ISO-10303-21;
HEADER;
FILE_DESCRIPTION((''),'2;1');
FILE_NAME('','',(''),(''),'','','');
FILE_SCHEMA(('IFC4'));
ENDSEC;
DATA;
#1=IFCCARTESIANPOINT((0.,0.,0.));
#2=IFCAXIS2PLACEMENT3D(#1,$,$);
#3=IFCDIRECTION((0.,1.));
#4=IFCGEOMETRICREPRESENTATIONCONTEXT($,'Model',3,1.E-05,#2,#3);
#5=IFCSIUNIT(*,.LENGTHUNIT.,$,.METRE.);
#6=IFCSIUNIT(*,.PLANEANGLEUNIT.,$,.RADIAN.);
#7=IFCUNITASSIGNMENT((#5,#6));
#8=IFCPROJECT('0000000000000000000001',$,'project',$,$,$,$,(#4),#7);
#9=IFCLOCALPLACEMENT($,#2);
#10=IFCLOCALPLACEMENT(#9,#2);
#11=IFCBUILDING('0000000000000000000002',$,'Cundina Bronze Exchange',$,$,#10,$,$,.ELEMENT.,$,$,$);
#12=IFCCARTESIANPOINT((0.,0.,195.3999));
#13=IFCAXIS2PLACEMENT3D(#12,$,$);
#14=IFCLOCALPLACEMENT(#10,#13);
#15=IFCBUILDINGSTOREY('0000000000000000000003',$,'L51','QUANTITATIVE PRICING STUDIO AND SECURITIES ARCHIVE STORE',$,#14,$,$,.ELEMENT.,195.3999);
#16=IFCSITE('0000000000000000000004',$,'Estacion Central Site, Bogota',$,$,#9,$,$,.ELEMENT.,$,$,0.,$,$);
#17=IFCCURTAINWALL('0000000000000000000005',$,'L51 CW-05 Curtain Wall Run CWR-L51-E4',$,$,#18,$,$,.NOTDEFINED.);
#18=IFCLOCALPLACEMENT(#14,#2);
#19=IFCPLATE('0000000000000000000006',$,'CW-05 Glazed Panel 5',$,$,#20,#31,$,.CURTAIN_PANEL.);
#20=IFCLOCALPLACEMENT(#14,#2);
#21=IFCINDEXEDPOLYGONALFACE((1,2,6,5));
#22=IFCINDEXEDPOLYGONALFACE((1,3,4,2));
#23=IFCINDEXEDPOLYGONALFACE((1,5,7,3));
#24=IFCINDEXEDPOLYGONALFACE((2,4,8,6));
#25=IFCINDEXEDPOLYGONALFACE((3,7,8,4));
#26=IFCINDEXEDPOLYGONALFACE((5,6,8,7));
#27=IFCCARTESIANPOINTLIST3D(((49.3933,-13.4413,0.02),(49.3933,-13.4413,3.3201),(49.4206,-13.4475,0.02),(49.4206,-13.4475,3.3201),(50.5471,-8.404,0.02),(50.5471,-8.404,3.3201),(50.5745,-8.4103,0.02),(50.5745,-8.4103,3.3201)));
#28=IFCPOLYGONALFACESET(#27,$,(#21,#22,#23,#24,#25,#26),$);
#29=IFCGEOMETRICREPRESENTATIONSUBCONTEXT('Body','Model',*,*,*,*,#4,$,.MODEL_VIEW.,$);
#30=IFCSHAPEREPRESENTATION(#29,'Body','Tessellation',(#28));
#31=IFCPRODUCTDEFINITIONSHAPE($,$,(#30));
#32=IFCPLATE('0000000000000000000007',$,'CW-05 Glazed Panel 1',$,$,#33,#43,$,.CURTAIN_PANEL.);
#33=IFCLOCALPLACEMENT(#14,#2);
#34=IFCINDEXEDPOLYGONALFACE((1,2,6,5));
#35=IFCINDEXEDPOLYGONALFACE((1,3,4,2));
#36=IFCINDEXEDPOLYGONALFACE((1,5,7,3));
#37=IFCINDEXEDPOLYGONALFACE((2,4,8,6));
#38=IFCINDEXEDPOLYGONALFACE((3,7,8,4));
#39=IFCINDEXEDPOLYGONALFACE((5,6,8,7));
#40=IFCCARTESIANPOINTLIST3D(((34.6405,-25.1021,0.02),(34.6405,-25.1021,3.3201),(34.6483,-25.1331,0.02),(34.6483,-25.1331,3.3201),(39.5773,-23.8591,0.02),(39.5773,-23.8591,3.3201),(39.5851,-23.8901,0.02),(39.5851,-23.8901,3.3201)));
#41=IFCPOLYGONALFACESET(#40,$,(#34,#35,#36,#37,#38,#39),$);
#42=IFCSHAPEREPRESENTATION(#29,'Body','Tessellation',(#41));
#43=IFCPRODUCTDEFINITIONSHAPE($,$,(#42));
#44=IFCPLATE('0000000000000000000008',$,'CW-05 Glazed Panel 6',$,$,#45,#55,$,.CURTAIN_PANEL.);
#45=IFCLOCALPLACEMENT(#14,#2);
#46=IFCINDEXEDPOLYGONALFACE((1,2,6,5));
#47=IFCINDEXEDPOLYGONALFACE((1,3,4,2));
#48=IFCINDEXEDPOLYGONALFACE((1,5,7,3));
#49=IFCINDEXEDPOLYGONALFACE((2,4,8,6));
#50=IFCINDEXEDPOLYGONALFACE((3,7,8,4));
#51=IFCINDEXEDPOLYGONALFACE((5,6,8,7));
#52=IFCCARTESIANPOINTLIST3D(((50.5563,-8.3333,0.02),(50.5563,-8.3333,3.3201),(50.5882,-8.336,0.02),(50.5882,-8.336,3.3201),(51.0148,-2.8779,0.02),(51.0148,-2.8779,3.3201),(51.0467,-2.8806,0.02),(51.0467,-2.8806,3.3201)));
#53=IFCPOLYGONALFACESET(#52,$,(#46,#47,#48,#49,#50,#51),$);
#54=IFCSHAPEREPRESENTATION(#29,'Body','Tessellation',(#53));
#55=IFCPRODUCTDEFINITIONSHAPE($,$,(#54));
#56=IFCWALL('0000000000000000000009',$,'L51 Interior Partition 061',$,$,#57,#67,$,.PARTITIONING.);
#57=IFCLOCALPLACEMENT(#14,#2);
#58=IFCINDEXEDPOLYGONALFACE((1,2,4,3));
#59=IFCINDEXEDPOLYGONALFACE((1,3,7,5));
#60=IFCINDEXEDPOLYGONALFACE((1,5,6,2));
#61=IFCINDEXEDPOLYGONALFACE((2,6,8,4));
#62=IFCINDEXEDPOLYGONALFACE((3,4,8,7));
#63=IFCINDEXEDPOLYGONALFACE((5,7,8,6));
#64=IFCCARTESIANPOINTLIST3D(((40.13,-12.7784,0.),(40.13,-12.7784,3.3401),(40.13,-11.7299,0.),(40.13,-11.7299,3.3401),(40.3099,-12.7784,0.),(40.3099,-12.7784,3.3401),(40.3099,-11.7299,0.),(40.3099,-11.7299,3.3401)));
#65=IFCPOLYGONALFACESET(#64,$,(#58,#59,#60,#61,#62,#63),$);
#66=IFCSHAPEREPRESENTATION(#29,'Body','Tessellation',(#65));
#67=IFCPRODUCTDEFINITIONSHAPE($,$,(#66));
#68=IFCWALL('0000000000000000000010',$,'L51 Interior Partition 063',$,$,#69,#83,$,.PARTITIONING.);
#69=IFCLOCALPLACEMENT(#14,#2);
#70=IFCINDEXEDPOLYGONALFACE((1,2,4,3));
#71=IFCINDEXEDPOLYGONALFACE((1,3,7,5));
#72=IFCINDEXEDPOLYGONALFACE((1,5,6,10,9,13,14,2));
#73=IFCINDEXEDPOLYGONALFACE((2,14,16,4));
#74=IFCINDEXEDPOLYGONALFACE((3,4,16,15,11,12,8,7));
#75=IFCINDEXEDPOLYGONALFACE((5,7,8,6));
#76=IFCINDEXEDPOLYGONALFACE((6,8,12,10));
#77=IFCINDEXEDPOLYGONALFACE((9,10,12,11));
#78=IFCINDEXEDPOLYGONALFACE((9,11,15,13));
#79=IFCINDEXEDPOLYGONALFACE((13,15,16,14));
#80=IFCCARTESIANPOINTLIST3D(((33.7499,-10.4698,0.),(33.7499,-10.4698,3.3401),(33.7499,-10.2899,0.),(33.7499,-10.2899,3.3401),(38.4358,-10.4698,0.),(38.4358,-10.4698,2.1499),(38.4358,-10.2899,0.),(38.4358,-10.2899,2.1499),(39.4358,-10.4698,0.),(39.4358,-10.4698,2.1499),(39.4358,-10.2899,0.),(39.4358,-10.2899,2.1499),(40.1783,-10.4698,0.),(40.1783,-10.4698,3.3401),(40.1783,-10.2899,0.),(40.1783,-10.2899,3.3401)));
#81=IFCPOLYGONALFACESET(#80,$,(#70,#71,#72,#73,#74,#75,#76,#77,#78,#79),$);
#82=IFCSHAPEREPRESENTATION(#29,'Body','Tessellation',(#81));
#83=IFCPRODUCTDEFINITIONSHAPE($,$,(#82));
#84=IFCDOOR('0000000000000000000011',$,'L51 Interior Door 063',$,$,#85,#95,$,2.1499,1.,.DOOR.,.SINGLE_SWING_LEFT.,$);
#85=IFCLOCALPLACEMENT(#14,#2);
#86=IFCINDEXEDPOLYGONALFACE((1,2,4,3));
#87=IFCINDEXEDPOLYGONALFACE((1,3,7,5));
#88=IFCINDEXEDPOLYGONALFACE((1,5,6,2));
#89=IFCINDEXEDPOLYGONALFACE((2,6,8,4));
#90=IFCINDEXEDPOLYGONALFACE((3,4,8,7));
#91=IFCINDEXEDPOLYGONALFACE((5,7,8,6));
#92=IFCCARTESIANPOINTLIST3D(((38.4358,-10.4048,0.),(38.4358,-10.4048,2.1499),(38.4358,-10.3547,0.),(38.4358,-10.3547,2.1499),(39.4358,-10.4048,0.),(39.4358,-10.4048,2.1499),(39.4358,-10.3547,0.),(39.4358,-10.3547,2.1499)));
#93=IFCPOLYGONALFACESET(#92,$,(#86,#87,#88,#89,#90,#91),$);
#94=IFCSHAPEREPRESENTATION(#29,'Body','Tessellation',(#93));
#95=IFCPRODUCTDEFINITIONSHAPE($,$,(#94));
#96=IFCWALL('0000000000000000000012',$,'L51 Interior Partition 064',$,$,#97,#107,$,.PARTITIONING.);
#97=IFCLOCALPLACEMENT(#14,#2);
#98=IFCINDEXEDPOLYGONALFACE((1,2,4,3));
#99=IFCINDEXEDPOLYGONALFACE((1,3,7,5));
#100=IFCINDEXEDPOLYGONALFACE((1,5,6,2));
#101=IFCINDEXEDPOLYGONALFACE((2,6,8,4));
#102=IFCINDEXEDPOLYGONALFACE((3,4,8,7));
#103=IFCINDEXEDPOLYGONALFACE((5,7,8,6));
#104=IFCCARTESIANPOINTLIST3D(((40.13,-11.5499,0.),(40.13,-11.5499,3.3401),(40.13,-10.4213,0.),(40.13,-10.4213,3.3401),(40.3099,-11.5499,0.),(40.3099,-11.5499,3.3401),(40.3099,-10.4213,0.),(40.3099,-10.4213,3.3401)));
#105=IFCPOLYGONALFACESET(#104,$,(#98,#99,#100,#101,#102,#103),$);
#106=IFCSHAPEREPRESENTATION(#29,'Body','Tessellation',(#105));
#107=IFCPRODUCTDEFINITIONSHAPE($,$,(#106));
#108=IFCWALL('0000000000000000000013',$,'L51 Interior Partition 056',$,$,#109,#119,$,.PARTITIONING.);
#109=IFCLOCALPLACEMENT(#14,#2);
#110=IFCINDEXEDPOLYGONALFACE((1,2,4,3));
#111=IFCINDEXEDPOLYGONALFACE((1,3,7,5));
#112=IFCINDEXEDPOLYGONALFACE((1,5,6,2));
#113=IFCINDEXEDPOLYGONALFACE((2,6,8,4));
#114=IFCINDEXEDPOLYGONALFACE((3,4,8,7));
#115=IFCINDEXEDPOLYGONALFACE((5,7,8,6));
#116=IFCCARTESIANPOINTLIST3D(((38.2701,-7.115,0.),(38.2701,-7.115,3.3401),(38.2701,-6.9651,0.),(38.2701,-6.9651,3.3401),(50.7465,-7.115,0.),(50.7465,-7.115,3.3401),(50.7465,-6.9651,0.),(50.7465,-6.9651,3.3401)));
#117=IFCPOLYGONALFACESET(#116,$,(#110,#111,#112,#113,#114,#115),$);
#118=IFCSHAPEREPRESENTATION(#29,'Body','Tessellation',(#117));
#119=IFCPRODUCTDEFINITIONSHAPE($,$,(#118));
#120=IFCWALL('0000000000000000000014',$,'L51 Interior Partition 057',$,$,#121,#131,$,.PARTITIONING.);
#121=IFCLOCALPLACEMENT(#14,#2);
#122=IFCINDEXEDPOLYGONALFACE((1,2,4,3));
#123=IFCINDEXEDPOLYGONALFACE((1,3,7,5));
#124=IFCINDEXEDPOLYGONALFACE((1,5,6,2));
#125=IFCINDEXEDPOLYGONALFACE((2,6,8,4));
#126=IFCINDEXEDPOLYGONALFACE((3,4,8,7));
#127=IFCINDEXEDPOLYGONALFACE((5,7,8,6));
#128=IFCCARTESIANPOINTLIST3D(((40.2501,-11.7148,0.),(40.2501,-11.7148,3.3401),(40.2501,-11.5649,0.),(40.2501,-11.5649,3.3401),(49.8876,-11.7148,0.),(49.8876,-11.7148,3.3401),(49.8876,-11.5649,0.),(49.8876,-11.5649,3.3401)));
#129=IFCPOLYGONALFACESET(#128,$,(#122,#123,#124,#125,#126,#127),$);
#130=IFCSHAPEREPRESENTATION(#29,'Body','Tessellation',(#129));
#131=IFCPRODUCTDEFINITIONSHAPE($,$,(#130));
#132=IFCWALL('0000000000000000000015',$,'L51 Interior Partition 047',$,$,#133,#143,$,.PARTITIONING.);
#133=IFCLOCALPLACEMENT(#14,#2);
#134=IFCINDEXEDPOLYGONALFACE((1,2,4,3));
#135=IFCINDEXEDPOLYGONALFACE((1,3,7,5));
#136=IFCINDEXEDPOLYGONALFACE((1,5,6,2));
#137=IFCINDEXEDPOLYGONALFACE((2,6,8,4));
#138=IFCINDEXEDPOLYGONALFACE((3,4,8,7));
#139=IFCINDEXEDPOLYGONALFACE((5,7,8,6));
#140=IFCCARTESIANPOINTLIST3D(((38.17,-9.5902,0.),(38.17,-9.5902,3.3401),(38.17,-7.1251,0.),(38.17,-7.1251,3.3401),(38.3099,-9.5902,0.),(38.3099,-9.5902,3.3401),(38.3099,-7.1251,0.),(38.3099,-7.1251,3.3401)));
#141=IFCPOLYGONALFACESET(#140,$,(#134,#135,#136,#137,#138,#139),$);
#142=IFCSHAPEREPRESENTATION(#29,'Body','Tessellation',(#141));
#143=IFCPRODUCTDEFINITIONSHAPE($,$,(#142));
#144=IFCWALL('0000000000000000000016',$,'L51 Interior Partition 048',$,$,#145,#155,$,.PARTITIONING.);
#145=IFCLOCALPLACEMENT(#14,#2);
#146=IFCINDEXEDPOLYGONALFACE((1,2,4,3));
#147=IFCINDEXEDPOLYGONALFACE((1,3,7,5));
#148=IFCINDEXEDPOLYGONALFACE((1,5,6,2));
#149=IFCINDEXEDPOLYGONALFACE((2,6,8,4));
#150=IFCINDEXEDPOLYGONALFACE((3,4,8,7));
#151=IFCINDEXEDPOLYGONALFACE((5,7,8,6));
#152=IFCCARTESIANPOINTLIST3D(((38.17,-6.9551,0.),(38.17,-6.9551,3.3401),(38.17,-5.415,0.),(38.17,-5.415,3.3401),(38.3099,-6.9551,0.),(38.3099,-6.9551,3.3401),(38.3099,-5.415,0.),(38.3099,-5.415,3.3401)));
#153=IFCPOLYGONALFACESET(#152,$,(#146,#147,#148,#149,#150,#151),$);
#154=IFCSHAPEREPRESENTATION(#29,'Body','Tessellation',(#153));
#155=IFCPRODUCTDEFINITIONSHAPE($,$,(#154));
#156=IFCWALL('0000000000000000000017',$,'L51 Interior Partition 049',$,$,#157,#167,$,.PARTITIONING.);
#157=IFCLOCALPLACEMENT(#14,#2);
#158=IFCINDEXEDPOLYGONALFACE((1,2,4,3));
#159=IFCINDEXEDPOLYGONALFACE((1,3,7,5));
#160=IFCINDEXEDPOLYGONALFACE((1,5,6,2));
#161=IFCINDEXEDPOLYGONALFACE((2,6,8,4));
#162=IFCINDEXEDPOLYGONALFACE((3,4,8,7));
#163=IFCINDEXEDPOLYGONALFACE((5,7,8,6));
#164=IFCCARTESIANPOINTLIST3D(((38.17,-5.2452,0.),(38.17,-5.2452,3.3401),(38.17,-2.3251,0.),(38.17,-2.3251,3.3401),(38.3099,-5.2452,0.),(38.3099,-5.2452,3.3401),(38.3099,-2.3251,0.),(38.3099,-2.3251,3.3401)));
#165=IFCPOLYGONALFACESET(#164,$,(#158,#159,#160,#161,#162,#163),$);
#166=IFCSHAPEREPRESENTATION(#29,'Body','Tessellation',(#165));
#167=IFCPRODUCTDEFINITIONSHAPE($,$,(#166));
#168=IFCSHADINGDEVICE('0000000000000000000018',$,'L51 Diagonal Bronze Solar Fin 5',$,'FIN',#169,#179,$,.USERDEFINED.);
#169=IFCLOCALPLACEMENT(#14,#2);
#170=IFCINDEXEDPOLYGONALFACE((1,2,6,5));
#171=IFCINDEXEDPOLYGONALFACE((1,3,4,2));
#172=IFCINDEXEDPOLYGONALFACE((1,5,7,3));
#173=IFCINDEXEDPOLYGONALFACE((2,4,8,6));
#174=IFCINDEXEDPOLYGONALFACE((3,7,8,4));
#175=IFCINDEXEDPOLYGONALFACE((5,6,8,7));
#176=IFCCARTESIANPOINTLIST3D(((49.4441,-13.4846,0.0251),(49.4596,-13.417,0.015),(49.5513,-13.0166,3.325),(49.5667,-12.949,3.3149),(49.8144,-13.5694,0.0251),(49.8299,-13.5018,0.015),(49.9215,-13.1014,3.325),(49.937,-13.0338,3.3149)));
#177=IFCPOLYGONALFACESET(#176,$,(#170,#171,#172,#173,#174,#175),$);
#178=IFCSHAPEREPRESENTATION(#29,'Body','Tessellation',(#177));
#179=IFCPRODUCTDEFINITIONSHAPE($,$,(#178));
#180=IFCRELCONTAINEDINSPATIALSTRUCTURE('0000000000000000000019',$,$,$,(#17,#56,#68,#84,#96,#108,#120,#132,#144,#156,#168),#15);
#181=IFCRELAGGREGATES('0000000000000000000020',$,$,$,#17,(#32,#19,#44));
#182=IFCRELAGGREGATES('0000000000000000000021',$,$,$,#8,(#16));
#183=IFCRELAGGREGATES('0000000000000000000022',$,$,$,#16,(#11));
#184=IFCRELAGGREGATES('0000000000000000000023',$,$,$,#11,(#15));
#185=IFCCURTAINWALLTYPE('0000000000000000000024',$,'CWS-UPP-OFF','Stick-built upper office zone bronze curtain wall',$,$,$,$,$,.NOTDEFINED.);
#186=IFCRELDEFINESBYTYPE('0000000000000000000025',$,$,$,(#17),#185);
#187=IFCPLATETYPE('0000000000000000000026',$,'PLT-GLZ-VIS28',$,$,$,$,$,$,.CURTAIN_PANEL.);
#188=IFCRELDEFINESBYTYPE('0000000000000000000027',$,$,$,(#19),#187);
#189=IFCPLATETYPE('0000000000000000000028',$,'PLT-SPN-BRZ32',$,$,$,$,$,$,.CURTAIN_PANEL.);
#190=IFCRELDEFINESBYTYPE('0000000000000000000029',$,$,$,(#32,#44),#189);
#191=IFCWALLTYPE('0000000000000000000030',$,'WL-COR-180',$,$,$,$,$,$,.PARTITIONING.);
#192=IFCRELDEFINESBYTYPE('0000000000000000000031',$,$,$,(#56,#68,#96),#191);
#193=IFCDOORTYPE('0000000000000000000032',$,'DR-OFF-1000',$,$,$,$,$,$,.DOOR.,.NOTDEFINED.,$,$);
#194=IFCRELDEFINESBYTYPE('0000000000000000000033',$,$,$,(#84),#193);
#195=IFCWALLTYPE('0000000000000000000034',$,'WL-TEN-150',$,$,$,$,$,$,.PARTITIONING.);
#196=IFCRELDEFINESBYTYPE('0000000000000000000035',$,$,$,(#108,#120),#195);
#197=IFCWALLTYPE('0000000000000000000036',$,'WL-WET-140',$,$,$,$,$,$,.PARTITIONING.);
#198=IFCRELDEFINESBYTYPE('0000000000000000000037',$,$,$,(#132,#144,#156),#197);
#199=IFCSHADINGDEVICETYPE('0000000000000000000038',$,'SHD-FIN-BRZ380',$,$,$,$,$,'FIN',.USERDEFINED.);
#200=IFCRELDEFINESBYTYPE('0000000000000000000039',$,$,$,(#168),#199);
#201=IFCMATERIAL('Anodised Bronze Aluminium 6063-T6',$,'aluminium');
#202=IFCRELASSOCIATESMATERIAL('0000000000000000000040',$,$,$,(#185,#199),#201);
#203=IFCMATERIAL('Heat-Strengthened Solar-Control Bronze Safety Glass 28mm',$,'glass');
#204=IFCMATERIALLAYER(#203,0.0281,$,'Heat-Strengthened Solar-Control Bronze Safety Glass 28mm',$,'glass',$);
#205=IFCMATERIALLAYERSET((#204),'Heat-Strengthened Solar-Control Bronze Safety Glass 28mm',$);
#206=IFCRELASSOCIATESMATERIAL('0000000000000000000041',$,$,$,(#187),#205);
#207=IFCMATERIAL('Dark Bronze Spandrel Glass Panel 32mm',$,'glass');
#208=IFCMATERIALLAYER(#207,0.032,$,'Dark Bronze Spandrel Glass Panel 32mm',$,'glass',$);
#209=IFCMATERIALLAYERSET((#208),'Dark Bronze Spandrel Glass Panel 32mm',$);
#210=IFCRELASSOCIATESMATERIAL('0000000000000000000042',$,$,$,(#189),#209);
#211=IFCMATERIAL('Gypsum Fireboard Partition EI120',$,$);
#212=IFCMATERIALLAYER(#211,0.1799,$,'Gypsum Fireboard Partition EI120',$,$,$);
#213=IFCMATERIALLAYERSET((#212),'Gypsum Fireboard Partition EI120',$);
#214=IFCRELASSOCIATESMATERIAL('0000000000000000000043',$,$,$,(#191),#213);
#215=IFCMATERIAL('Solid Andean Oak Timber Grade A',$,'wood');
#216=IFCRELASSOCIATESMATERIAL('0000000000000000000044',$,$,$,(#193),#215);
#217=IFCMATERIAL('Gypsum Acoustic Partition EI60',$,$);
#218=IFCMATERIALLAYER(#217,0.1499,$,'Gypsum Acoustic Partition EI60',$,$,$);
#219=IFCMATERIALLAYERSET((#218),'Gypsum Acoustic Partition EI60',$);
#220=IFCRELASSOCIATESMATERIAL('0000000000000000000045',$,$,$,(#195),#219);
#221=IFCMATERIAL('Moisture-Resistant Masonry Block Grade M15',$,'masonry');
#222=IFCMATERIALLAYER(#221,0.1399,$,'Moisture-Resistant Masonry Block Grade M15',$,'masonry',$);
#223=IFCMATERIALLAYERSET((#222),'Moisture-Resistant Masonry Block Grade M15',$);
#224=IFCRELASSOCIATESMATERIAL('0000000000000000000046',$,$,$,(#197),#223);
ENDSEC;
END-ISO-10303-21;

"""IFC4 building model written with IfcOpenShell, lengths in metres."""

from ifc_helpers import new_model, si_unit, direction, frame, frame_2d, origin, origin_2d, place, context, subcontext, project, spatial, rectangle, extrude, material, layer, layer_set, material_profile, profile_set, type_object, element, fill, aggregate, save


model = new_model("IFC4")

# Units and contexts
model_context = context("Model", 3, precision=1e-05, world=origin(), true_north=direction((0.0, 1.0)))
body_context = subcontext(model_context, "Body", "Model", "MODEL_VIEW")
ifc_project = project(units=[si_unit("LENGTHUNIT", "METRE"), si_unit("PLANEANGLEUNIT", "RADIAN")], contexts=[model_context])

# Site, building, storey
site_placement = place(None, origin())
site = spatial("IfcSite", under=ifc_project, at=site_placement, Name="Estacion Central Site, Bogota", CompositionType="ELEMENT", RefElevation=0.0)
building_placement = place(site_placement, origin())
building = spatial("IfcBuilding", under=site, at=building_placement, Name="Cundina Bronze Exchange", CompositionType="ELEMENT")
storey_placement = place(building_placement, frame((0.0, 0.0, 195.3999)))
storey = spatial("IfcBuildingStorey", under=building, at=storey_placement, Name="L51", Description="QUANTITATIVE PRICING STUDIO AND SECURITIES ARCHIVE STORE", CompositionType="ELEMENT", Elevation=195.3999)

# Curtain wall, plates
ifc_material_1 = material(Name="Anodised Bronze Aluminium 6063-T6", Category="aluminium")
curtain_wall_type = type_object("IfcCurtainWallType", Name="CWS-UPP-OFF", Description="Stick-built upper office zone bronze curtain wall", PredefinedType="NOTDEFINED", material=ifc_material_1)
curtain_wall_placement = place(storey_placement, origin())
curtain_wall = element("IfcCurtainWall", 1, at=curtain_wall_placement, inside=storey, type_object=curtain_wall_type, Name="L51 CW-05 Curtain Wall Run CWR-L51-E4", PredefinedType="NOTDEFINED")
ifc_material_2 = material(Name="Heat-Strengthened Solar-Control Bronze Safety Glass 28mm", Category="glass")
ifc_layer_1 = layer(ifc_material_2, 0.0281, Name="Heat-Strengthened Solar-Control Bronze Safety Glass 28mm", Category="glass")
ifc_layer_set_1 = layer_set([ifc_layer_1], Name="Heat-Strengthened Solar-Control Bronze Safety Glass 28mm")
plate_type_1 = type_object("IfcPlateType", Name="PLT-GLZ-VIS28", PredefinedType="CURTAIN_PANEL", material=ifc_layer_set_1)
plate_1_placement = place(storey_placement, frame((49.9839, -10.9258, 0.02), z_axis=(0.0, 0.0, 1.0), x_axis=(0.223284, 0.974753, 0.0)))
plate_1 = element("IfcPlate", 2, at=plate_1_placement, type_object=plate_type_1, Name="CW-05 Glazed Panel 5", PredefinedType="CURTAIN_PANEL", context=body_context, shape_type="SweptSolid", body=[
    extrude(rectangle(XDim=5.1677, YDim=0.0281, at=origin_2d()), origin(), (0.0, 0.0, 1.0), 3.3),
])
ifc_material_3 = material(Name="Dark Bronze Spandrel Glass Panel 32mm", Category="glass")
ifc_layer_2 = layer(ifc_material_3, 0.032, Name="Dark Bronze Spandrel Glass Panel 32mm", Category="glass")
ifc_layer_set_2 = layer_set([ifc_layer_2], Name="Dark Bronze Spandrel Glass Panel 32mm")
plate_type_2 = type_object("IfcPlateType", Name="PLT-SPN-BRZ32", PredefinedType="CURTAIN_PANEL", material=ifc_layer_set_2)
plate_2_placement = place(storey_placement, frame((37.1128, -24.4961, 0.02), z_axis=(0.0, 0.0, 1.0), x_axis=(0.969732, 0.244174, 0.0)))
plate_2 = element("IfcPlate", 3, at=plate_2_placement, type_object=plate_type_2, Name="CW-05 Glazed Panel 1", PredefinedType="CURTAIN_PANEL", context=body_context, shape_type="SweptSolid", body=[
    extrude(rectangle(XDim=5.0908, YDim=0.032, at=origin_2d()), origin(), (0.0, 0.0, 1.0), 3.3),
])
plate_3_placement = place(storey_placement, frame((50.8015, -5.6069, 0.02), z_axis=(0.0, 0.0, 1.0), x_axis=(0.083747, 0.996487, 0.0)))
plate_3 = element("IfcPlate", 4, at=plate_3_placement, type_object=plate_type_2, Name="CW-05 Glazed Panel 6", PredefinedType="CURTAIN_PANEL", context=body_context, shape_type="SweptSolid", body=[
    extrude(rectangle(XDim=5.4746, YDim=0.032, at=origin_2d()), origin(), (0.0, 0.0, 1.0), 3.3),
])
aggregate(curtain_wall, [plate_2, plate_1, plate_3])

# Wall
ifc_material_4 = material(Name="Gypsum Fireboard Partition EI120")
ifc_layer_3 = layer(ifc_material_4, 0.1799, Name="Gypsum Fireboard Partition EI120")
ifc_layer_set_3 = layer_set([ifc_layer_3], Name="Gypsum Fireboard Partition EI120")
wall_type_1 = type_object("IfcWallType", Name="WL-COR-180", PredefinedType="PARTITIONING", material=ifc_layer_set_3)
wall_1_placement = place(storey_placement, frame((40.22, -12.7786, 0.0), z_axis=(0.0, 0.0, 1.0), x_axis=(0.0, 1.0, 0.0)))
element("IfcWall", 5, at=wall_1_placement, inside=storey, type_object=wall_type_1, Name="L51 Interior Partition 061", PredefinedType="PARTITIONING", context=body_context, shape_type="SweptSolid", body=[
    extrude(rectangle(XDim=1.0486, YDim=0.1799, at=frame_2d((0.5244, 0.0))), origin(), (0.0, 0.0, 1.0), 3.3401),
])

# Wall, opening, door
wall_2_placement = place(storey_placement, frame((40.1785, -10.3799, 0.0), z_axis=(0.0, 0.0, 1.0), x_axis=(-1.0, 0.0, 0.0)))
wall_2 = element("IfcWall", 6, at=wall_2_placement, inside=storey, type_object=wall_type_1, Name="L51 Interior Partition 063", PredefinedType="PARTITIONING", context=body_context, shape_type="SweptSolid", body=[
    extrude(rectangle(XDim=6.4285, YDim=0.1799, at=frame_2d((3.2144, 0.0))), origin(), (0.0, 0.0, 1.0), 3.3401),
])
opening_placement = place(wall_2_placement, frame((0.7427, 0.0, 0.0)))
opening = element("IfcOpeningElement", 7, at=opening_placement, cuts=wall_2, PredefinedType="OPENING", context=body_context, shape_type="SweptSolid", body=[
    extrude(rectangle(XDim=1.0, YDim=2.1499, at=frame_2d((0.5, 1.075))), frame((0.0, 0.0999, 0.0), z_axis=(0.0, -1.0, 0.0), x_axis=(1.0, 0.0, 0.0)), (0.0, 0.0, 1.0), 0.2),
])
ifc_material_5 = material(Name="Solid Andean Oak Timber Grade A", Category="wood")
door_type = type_object("IfcDoorType", Name="DR-OFF-1000", OperationType="NOTDEFINED", PredefinedType="DOOR", material=ifc_material_5)
door_placement = place(opening_placement, origin())
door = element("IfcDoor", 8, at=door_placement, inside=storey, type_object=door_type, Name="L51 Interior Door 063", OperationType="SINGLE_SWING_LEFT", OverallHeight=2.1499, OverallWidth=1.0, PredefinedType="DOOR", context=body_context, shape_type="SweptSolid", body=[
    extrude(rectangle(XDim=1.0, YDim=2.1499, at=frame_2d((0.5, 1.075))), frame((0.0, 0.0249, 0.0), z_axis=(0.0, -1.0, 0.0), x_axis=(1.0, 0.0, 0.0)), (0.0, 0.0, 1.0), 0.05),
])
fill(opening, door)

# Walls
wall_3_placement = place(storey_placement, frame((40.22, -11.55, 0.0), z_axis=(0.0, 0.0, 1.0), x_axis=(0.0, 1.0, 0.0)))
element("IfcWall", 9, at=wall_3_placement, inside=storey, type_object=wall_type_1, Name="L51 Interior Partition 064", PredefinedType="PARTITIONING", context=body_context, shape_type="SweptSolid", body=[
    extrude(rectangle(XDim=1.1287, YDim=0.1799, at=frame_2d((0.5645, 0.0))), origin(), (0.0, 0.0, 1.0), 3.3401),
])
ifc_material_6 = material(Name="Gypsum Acoustic Partition EI60")
ifc_layer_4 = layer(ifc_material_6, 0.1499, Name="Gypsum Acoustic Partition EI60")
ifc_layer_set_4 = layer_set([ifc_layer_4], Name="Gypsum Acoustic Partition EI60")
wall_type_2 = type_object("IfcWallType", Name="WL-TEN-150", PredefinedType="PARTITIONING", material=ifc_layer_set_4)
wall_4_placement = place(storey_placement, frame((38.27, -7.04, 0.0), z_axis=(0.0, 0.0, 1.0), x_axis=(1.0, 0.0, 0.0)))
element("IfcWall", 10, at=wall_4_placement, inside=storey, type_object=wall_type_2, Name="L51 Interior Partition 056", PredefinedType="PARTITIONING", context=body_context, shape_type="SweptSolid", body=[
    extrude(rectangle(XDim=12.4763, YDim=0.1499, at=frame_2d((6.2383, 0.0))), origin(), (0.0, 0.0, 1.0), 3.3401),
])
wall_5_placement = place(storey_placement, frame((40.25, -11.6399, 0.0), z_axis=(0.0, 0.0, 1.0), x_axis=(1.0, 0.0, 0.0)))
element("IfcWall", 11, at=wall_5_placement, inside=storey, type_object=wall_type_2, Name="L51 Interior Partition 057", PredefinedType="PARTITIONING", context=body_context, shape_type="SweptSolid", body=[
    extrude(rectangle(XDim=9.6375, YDim=0.1499, at=frame_2d((4.8188, 0.0))), origin(), (0.0, 0.0, 1.0), 3.3401),
])
ifc_material_7 = material(Name="Moisture-Resistant Masonry Block Grade M15", Category="masonry")
ifc_layer_5 = layer(ifc_material_7, 0.1399, Name="Moisture-Resistant Masonry Block Grade M15", Category="masonry")
ifc_layer_set_5 = layer_set([ifc_layer_5], Name="Moisture-Resistant Masonry Block Grade M15")
wall_type_3 = type_object("IfcWallType", Name="WL-WET-140", PredefinedType="PARTITIONING", material=ifc_layer_set_5)
wall_6_placement = place(storey_placement, frame((38.24, -9.5901, 0.0), z_axis=(0.0, 0.0, 1.0), x_axis=(0.0, 1.0, 0.0)))
element("IfcWall", 12, at=wall_6_placement, inside=storey, type_object=wall_type_3, Name="L51 Interior Partition 047", PredefinedType="PARTITIONING", context=body_context, shape_type="SweptSolid", body=[
    extrude(rectangle(XDim=2.4651, YDim=0.1399, at=frame_2d((1.2324, 0.0))), origin(), (0.0, 0.0, 1.0), 3.3401),
])
wall_7_placement = place(storey_placement, frame((38.24, -6.9551, 0.0), z_axis=(0.0, 0.0, 1.0), x_axis=(0.0, 1.0, 0.0)))
element("IfcWall", 13, at=wall_7_placement, inside=storey, type_object=wall_type_3, Name="L51 Interior Partition 048", PredefinedType="PARTITIONING", context=body_context, shape_type="SweptSolid", body=[
    extrude(rectangle(XDim=1.54, YDim=0.1399, at=frame_2d((0.77, 0.0))), origin(), (0.0, 0.0, 1.0), 3.3401),
])
wall_8_placement = place(storey_placement, frame((38.24, -5.2451, 0.0), z_axis=(0.0, 0.0, 1.0), x_axis=(0.0, 1.0, 0.0)))
element("IfcWall", 14, at=wall_8_placement, inside=storey, type_object=wall_type_3, Name="L51 Interior Partition 049", PredefinedType="PARTITIONING", context=body_context, shape_type="SweptSolid", body=[
    extrude(rectangle(XDim=2.9202, YDim=0.1399, at=frame_2d((1.46, 0.0))), origin(), (0.0, 0.0, 1.0), 3.3401),
])

# Shading device
ifc_material_profile_1 = material_profile(ifc_material_1, rectangle(XDim=0.0701, YDim=0.3799, at=origin_2d()), Name="FIN70X380", Category="aluminium")
ifc_profile_set_1 = profile_set([ifc_material_profile_1], Name="Anodised Bronze Aluminium 6063-T6")
shading_device_type = type_object("IfcShadingDeviceType", Name="SHD-FIN-BRZ380", ElementType="FIN", PredefinedType="USERDEFINED", material=ifc_profile_set_1)
shading_device_placement = place(storey_placement, frame((49.637, -13.4932, 0.02), z_axis=(0.032139, 0.140344, 0.989581), x_axis=(-0.220899, -0.964611, 0.143977)))
element("IfcShadingDevice", 15, at=shading_device_placement, inside=storey, type_object=shading_device_type, Name="L51 Diagonal Bronze Solar Fin 5", ObjectType="FIN", PredefinedType="USERDEFINED", context=body_context, shape_type="SweptSolid", body=[
    extrude(rectangle(XDim=0.0701, YDim=0.3799, at=origin_2d()), origin(), (0.0, 0.0, 1.0), 3.3347),
])

save(model, "model.ifc")
